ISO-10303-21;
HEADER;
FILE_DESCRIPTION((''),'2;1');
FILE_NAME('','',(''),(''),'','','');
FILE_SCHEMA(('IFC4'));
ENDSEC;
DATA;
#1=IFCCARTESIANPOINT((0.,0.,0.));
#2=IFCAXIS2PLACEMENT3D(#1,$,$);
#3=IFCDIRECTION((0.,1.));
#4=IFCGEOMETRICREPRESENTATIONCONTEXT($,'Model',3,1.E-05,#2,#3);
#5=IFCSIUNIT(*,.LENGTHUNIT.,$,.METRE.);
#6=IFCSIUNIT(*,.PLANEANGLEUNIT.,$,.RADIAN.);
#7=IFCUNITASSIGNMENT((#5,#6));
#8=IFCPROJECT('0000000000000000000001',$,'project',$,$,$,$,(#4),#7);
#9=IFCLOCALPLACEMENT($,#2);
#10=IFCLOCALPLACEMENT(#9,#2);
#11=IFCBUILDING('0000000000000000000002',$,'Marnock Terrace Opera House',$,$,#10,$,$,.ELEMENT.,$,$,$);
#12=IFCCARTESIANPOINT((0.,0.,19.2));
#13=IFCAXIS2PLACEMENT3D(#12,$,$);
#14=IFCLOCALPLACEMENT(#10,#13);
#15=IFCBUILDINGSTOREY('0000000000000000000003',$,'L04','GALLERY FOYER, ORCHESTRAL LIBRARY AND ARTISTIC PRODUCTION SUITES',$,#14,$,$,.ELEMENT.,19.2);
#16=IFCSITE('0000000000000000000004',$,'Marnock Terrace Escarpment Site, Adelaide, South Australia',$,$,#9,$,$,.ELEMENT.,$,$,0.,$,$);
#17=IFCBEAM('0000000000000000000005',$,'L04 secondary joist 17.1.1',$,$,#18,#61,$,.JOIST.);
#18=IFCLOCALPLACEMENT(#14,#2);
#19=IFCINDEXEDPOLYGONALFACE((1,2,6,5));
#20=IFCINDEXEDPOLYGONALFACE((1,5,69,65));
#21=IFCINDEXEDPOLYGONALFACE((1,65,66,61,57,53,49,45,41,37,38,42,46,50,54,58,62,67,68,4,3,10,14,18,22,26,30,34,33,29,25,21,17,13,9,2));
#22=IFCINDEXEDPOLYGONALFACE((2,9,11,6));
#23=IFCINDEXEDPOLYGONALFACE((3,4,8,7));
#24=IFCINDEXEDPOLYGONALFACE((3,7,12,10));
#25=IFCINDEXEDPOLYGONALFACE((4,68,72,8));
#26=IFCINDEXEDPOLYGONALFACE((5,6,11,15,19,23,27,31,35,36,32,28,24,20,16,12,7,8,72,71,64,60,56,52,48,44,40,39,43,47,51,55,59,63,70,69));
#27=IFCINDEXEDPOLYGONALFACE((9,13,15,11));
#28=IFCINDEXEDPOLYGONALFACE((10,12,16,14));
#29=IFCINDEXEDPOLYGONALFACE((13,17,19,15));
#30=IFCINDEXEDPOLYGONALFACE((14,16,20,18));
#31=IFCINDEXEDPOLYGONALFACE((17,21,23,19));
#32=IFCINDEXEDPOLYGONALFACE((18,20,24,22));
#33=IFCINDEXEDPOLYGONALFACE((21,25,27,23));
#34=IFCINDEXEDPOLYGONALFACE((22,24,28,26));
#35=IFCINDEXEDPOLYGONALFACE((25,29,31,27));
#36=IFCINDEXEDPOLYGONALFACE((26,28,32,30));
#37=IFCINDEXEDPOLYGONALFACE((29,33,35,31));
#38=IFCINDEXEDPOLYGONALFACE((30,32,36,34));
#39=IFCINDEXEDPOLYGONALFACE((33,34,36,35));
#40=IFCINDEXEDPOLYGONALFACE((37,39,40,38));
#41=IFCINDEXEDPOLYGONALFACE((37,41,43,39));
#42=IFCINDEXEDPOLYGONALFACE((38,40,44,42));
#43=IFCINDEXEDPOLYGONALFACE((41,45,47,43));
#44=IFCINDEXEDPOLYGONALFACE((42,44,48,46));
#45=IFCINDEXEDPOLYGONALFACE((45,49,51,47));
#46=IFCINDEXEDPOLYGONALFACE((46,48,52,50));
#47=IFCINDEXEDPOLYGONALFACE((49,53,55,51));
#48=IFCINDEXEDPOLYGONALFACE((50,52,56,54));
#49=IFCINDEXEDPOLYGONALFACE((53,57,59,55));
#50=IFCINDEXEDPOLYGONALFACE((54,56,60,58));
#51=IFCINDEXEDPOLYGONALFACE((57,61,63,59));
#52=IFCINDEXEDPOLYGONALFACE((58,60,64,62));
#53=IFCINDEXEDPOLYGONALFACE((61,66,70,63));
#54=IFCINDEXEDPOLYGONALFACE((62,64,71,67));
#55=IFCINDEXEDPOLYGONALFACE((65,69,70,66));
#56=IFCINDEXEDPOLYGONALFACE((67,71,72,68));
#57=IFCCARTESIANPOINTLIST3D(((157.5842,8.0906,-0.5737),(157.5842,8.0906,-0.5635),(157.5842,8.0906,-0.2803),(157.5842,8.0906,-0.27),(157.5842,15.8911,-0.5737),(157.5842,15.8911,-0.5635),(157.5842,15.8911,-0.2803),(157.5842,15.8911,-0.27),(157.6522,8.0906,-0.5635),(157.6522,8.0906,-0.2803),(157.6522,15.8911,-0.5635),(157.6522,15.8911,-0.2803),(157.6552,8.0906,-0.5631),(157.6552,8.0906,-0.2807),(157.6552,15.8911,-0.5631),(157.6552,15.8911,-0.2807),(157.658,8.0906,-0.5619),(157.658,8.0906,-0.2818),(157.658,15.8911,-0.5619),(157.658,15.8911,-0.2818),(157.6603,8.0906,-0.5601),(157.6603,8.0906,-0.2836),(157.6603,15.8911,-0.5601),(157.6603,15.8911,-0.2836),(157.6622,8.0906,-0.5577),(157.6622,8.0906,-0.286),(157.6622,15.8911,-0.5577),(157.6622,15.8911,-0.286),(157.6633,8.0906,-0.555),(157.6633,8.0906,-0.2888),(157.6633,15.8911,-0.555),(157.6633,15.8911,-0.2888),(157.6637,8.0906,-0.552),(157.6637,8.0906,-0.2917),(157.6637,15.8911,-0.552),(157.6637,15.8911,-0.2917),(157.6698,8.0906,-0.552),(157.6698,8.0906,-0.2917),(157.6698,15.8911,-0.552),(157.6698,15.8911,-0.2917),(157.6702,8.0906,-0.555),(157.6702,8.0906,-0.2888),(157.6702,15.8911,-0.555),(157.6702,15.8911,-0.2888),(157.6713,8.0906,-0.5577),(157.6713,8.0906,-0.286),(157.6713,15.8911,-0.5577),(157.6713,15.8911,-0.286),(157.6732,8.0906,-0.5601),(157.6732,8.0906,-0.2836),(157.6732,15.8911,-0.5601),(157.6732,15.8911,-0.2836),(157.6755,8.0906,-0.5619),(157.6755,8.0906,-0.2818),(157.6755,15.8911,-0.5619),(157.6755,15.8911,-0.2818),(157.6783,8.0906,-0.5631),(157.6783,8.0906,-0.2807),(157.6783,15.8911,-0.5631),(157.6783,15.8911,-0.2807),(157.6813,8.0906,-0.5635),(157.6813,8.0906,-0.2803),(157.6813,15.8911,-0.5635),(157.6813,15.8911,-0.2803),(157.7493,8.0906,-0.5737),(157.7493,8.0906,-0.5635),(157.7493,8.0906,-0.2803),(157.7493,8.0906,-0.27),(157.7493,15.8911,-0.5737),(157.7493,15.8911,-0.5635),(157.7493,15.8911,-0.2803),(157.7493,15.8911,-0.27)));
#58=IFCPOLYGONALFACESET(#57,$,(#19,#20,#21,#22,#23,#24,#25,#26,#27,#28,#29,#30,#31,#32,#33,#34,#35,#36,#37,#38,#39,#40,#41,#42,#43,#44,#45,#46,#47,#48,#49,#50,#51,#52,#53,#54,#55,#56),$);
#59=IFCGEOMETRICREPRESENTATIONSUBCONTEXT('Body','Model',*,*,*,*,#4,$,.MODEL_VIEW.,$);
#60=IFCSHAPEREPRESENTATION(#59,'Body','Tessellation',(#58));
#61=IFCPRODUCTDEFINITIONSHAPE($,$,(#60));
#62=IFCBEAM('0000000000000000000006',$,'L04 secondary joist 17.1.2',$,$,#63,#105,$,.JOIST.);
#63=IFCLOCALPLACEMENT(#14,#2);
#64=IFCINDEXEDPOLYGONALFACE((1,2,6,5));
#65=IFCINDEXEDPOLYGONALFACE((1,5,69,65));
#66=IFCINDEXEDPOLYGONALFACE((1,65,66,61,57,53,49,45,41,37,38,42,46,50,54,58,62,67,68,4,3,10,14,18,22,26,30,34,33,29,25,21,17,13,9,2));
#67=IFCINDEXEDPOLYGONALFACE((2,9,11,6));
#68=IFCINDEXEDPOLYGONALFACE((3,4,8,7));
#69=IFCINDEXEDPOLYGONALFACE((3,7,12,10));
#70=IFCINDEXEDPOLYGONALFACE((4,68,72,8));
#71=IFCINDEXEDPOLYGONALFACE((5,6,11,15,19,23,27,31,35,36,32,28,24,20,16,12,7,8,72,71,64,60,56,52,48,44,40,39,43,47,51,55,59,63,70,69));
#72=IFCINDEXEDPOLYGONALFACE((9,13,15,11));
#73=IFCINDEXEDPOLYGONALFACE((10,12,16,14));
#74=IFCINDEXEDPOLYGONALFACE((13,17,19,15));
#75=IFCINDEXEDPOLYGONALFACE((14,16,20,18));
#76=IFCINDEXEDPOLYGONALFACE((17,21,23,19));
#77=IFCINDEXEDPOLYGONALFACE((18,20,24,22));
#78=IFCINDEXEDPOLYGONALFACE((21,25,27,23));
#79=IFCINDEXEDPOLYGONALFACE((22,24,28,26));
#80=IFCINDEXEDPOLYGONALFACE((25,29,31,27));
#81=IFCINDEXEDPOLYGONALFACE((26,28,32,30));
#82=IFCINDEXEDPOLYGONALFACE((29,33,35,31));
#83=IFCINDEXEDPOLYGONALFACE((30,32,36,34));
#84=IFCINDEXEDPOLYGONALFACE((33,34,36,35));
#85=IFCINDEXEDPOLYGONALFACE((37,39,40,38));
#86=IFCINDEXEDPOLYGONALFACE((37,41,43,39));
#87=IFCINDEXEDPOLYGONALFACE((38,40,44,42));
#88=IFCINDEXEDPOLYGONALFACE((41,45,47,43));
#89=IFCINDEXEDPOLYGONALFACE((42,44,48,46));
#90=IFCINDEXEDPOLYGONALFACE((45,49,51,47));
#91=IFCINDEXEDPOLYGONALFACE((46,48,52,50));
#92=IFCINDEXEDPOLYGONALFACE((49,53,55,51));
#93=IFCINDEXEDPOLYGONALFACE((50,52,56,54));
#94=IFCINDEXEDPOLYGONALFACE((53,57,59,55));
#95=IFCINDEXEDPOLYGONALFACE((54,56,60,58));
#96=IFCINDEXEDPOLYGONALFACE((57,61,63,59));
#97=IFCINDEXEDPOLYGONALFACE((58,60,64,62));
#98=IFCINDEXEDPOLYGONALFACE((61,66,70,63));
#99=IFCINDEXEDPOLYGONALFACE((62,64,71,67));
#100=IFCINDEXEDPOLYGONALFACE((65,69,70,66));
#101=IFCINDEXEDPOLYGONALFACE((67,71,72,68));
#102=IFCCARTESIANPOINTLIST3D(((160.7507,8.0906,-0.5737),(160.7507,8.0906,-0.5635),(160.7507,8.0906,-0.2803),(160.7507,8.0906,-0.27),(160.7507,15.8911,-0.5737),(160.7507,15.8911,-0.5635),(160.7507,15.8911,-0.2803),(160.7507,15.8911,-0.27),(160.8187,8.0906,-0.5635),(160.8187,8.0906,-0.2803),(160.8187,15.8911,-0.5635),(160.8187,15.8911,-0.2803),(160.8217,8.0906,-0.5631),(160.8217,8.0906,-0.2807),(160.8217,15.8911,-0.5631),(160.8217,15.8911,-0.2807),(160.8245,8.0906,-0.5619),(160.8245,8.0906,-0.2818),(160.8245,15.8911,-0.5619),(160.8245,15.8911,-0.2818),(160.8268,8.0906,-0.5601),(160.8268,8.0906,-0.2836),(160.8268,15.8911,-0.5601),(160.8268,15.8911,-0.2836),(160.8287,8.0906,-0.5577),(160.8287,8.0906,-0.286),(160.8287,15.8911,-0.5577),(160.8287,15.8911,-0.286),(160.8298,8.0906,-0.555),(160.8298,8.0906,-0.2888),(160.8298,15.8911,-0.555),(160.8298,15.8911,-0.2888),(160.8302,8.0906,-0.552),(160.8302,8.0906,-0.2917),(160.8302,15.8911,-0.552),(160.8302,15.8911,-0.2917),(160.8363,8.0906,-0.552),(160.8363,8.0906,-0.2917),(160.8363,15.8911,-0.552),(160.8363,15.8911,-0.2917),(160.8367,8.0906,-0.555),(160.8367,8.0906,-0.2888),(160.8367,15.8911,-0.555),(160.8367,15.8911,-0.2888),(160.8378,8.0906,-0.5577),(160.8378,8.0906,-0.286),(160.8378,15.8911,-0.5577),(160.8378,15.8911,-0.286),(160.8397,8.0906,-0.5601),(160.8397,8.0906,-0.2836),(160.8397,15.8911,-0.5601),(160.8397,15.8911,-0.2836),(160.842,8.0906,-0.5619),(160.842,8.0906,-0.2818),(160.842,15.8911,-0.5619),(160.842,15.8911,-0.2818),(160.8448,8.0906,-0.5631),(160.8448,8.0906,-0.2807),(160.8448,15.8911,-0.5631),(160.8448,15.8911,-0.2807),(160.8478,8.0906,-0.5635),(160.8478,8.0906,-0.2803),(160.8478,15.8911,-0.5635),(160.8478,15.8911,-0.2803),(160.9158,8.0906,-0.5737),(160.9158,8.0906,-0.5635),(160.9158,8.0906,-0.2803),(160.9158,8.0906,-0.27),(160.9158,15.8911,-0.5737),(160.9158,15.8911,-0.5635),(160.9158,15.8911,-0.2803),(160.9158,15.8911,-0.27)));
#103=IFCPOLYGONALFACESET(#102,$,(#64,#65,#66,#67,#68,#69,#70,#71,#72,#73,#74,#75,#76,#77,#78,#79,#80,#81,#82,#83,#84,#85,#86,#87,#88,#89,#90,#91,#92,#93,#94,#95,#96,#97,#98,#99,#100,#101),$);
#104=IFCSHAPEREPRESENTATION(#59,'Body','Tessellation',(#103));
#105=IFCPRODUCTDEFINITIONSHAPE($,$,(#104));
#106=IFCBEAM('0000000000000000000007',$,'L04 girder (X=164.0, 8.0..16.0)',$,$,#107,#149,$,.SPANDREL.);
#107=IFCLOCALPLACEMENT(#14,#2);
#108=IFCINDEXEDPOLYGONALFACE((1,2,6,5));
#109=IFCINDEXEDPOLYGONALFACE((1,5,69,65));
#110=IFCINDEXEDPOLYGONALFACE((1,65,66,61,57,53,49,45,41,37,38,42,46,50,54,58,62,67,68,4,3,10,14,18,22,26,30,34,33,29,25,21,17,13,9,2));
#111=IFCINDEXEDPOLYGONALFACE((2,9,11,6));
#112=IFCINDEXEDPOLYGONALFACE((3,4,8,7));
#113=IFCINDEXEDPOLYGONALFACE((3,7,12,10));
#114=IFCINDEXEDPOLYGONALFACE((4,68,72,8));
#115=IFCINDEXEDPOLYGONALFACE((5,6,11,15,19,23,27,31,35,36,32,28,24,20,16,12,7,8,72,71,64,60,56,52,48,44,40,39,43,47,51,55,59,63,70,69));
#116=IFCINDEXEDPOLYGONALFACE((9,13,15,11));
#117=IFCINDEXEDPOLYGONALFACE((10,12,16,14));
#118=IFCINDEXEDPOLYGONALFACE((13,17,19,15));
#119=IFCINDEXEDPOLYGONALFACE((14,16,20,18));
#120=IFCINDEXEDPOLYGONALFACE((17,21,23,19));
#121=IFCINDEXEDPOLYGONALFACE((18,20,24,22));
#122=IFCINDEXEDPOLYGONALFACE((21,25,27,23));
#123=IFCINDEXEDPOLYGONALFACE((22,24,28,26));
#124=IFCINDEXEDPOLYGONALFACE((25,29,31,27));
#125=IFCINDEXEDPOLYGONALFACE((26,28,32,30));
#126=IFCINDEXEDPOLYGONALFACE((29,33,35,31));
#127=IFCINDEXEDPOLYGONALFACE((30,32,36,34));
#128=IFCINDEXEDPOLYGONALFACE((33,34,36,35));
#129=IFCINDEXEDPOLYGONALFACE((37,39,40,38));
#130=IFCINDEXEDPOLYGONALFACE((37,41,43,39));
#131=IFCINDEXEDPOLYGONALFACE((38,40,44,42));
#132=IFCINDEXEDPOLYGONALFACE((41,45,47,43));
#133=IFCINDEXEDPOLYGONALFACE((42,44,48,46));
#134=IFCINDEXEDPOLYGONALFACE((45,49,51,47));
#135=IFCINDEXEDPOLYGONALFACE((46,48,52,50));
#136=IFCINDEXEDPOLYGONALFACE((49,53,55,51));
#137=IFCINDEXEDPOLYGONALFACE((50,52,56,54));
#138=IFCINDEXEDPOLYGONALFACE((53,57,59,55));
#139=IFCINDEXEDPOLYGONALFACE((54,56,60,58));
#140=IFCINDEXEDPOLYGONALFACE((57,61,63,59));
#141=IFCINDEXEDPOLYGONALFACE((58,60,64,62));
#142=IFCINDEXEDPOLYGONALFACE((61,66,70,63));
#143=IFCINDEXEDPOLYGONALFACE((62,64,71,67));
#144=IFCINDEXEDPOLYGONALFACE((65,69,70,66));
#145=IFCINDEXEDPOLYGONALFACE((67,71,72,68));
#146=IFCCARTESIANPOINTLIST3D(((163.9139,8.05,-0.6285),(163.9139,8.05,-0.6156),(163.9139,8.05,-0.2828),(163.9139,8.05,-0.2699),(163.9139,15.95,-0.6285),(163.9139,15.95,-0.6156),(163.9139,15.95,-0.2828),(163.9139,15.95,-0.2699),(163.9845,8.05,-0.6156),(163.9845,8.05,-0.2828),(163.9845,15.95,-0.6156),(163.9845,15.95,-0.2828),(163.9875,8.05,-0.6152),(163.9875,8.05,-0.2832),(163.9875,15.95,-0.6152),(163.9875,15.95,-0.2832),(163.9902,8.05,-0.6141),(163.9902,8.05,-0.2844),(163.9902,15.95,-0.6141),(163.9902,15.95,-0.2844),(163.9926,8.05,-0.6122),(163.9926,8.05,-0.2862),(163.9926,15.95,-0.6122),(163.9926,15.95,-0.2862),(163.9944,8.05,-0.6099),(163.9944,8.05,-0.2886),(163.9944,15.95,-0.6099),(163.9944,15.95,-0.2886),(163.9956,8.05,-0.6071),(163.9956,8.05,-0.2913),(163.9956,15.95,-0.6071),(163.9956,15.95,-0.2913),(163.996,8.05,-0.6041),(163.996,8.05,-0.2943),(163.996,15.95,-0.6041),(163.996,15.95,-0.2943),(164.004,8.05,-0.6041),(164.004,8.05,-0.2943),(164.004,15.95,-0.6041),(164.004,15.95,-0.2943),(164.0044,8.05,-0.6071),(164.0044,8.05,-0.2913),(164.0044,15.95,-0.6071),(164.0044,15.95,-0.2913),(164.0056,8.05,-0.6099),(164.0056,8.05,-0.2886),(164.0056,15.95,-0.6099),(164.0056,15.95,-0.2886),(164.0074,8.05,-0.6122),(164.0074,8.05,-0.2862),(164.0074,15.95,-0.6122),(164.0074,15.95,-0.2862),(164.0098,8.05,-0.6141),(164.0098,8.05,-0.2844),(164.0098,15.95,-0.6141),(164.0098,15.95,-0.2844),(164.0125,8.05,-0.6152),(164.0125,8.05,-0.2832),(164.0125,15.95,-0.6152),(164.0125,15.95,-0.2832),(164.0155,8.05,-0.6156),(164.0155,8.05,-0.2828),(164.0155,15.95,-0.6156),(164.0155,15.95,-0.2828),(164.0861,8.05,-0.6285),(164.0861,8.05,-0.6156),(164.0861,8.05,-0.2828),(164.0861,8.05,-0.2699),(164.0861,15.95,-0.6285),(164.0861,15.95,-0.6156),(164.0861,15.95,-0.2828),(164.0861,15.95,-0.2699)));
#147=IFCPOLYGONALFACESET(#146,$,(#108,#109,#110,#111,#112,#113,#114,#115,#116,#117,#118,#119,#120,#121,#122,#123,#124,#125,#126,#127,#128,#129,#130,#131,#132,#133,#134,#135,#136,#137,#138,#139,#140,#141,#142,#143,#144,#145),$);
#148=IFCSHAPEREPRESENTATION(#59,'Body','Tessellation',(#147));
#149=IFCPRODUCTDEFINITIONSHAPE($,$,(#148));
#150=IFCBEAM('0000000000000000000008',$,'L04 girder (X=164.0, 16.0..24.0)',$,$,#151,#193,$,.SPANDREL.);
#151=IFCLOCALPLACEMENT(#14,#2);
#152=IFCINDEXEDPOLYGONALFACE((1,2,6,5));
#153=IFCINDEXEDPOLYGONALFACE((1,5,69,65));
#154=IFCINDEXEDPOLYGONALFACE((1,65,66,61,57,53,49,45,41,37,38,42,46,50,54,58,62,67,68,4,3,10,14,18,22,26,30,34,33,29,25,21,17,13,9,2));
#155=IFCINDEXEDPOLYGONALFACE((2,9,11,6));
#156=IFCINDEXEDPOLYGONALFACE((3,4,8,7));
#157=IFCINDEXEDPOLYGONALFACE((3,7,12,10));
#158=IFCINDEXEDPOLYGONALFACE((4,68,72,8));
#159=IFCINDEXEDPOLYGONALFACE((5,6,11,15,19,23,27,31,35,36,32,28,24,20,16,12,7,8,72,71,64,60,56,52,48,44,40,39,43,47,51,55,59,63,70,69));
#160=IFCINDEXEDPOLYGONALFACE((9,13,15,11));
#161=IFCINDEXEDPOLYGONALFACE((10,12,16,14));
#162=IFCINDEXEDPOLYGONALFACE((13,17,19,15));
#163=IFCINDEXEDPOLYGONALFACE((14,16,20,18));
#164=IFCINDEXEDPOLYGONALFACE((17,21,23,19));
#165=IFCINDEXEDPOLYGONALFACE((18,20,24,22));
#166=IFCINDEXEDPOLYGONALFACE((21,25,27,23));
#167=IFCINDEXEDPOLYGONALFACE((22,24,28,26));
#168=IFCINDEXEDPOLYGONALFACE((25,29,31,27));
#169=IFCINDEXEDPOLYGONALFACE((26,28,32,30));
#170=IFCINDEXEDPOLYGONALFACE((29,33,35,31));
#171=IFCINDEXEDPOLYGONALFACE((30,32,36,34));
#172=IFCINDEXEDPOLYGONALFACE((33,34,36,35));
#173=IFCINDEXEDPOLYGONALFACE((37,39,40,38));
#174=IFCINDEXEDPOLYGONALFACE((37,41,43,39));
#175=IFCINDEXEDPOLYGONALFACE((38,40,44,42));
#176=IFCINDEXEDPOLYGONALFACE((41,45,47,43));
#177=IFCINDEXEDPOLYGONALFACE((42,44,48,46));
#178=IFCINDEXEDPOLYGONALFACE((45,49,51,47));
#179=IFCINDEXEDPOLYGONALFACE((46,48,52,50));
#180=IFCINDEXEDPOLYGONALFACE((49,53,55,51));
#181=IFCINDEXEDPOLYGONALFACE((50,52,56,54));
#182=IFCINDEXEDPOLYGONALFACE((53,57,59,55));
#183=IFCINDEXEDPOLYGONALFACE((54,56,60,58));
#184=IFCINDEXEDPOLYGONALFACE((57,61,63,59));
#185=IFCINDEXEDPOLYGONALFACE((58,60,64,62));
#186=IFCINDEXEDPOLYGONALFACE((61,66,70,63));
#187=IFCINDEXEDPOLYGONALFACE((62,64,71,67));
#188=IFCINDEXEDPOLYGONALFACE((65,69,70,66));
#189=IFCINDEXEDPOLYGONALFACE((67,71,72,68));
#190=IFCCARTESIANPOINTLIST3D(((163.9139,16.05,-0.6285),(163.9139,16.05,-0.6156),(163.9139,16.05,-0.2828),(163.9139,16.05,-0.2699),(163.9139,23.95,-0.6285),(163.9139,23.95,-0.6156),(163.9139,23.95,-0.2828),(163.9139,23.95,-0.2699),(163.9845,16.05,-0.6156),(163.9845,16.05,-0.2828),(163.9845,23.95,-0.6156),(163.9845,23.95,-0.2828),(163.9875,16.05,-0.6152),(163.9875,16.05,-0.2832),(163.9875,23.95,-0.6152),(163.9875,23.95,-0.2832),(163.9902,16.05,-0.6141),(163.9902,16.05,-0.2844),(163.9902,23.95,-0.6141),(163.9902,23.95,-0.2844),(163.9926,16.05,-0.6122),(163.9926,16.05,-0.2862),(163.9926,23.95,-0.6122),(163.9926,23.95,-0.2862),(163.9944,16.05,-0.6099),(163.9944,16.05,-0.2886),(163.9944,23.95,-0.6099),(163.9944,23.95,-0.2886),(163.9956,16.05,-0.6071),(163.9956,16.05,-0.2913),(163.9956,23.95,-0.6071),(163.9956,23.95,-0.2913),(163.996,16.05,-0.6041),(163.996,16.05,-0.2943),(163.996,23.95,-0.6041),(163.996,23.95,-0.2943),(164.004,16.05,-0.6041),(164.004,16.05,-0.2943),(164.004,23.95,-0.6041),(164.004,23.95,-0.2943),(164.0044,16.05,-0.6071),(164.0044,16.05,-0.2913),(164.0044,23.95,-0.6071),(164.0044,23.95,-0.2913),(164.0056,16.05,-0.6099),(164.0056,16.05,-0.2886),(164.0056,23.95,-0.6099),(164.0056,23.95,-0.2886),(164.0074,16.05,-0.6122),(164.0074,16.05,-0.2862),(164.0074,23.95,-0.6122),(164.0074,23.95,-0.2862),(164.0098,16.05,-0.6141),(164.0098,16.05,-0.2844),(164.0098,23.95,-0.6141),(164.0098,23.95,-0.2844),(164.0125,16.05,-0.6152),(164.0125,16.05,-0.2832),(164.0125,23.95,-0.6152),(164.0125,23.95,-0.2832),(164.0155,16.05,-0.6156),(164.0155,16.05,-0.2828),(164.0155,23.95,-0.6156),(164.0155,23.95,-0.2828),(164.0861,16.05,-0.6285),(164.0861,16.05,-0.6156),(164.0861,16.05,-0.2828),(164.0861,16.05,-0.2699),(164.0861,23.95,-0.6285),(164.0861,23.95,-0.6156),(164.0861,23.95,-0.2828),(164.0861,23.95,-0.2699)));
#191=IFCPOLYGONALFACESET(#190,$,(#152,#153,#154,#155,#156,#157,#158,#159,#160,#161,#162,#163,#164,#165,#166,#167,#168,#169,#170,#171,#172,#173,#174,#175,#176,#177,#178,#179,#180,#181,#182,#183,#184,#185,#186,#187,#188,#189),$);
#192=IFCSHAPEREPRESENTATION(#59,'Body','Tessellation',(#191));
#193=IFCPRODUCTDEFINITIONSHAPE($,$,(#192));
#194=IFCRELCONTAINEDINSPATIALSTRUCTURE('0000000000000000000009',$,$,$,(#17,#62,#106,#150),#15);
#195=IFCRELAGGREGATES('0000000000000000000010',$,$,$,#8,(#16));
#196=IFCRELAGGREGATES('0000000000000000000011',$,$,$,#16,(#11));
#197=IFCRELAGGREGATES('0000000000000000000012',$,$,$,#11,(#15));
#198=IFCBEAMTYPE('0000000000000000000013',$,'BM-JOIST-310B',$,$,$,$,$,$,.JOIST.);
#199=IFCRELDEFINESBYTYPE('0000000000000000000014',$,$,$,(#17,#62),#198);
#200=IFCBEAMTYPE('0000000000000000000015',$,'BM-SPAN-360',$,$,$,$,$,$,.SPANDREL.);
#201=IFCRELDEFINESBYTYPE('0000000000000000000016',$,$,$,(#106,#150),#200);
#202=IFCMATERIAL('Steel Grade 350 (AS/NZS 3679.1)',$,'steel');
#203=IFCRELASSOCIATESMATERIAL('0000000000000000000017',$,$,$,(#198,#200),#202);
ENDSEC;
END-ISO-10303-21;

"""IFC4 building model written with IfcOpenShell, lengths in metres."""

from ifc_helpers import new_model, si_unit, direction, frame, origin, origin_2d, place, context, subcontext, project, spatial, i_section, extrude, material, material_profile, profile_set, type_object, element, save


model = new_model("IFC4")

# Units and contexts
model_context = context("Model", 3, precision=1e-05, world=origin(), true_north=direction((0.0, 1.0)))
body_context = subcontext(model_context, "Body", "Model", "MODEL_VIEW")
ifc_project = project(units=[si_unit("LENGTHUNIT", "METRE"), si_unit("PLANEANGLEUNIT", "RADIAN")], contexts=[model_context])

# Site, building, storey
site_placement = place(None, origin())
site = spatial("IfcSite", under=ifc_project, at=site_placement, Name="Marnock Terrace Escarpment Site, Adelaide, South Australia", CompositionType="ELEMENT", RefElevation=0.0)
building_placement = place(site_placement, origin())
building = spatial("IfcBuilding", under=site, at=building_placement, Name="Marnock Terrace Opera House", CompositionType="ELEMENT")
storey_placement = place(building_placement, frame((0.0, 0.0, 19.2)))
storey = spatial("IfcBuildingStorey", under=building, at=storey_placement, Name="L04", Description="GALLERY FOYER, ORCHESTRAL LIBRARY AND ARTISTIC PRODUCTION SUITES", CompositionType="ELEMENT", Elevation=19.2)

# Beams
ifc_material_1 = material(Name="Steel Grade 350 (AS/NZS 3679.1)", Category="steel")
ifc_material_profile_1 = material_profile(ifc_material_1, i_section(OverallWidth=0.165, OverallDepth=0.3037, WebThickness=0.0061, FlangeThickness=0.0103, FilletRadius=0.0115, at=origin_2d()))
ifc_profile_set_1 = profile_set([ifc_material_profile_1], Name="Steel Grade 350 (AS/NZS 3679.1)")
beam_type_1 = type_object("IfcBeamType", Name="BM-JOIST-310B", PredefinedType="JOIST", material=ifc_profile_set_1)
for number, where, z_axis, x_axis, name in (
    (1, (157.6667, 8.0906, -0.4219), (0.0, 1.0, 0.0), (-1.0, 0.0, 0.0), "L04 secondary joist 17.1.1"),
    (2, (160.8333, 8.0906, -0.4219), (0.0, 1.0, 0.0), (-1.0, 0.0, 0.0), "L04 secondary joist 17.1.2"),
):
    element("IfcBeam", number, at=place(storey_placement, frame(where, z_axis=z_axis, x_axis=x_axis)), inside=storey, type_object=beam_type_1, Name=name, PredefinedType="JOIST", context=body_context, shape_type="SweptSolid", body=[
        extrude(i_section(OverallWidth=0.165, OverallDepth=0.3037, WebThickness=0.0061, FlangeThickness=0.0103, FilletRadius=0.0115, at=origin_2d()), origin(), (0.0, 0.0, 1.0), 7.8005),
    ])
ifc_material_profile_2 = material_profile(ifc_material_1, i_section(OverallWidth=0.1721, OverallDepth=0.3586, WebThickness=0.0081, FlangeThickness=0.0129, FilletRadius=0.0115, at=origin_2d()))
ifc_profile_set_2 = profile_set([ifc_material_profile_2], Name="Steel Grade 350 (AS/NZS 3679.1)")
beam_type_2 = type_object("IfcBeamType", Name="BM-SPAN-360", PredefinedType="SPANDREL", material=ifc_profile_set_2)
for number, where, z_axis, x_axis, name in (
    (3, (164.0, 8.05, -0.4492), (0.0, 1.0, 0.0), (-1.0, 0.0, 0.0), "L04 girder (X=164.0, 8.0..16.0)"),
    (4, (164.0, 16.05, -0.4492), (0.0, 1.0, 0.0), (-1.0, 0.0, 0.0), "L04 girder (X=164.0, 16.0..24.0)"),
):
    element("IfcBeam", number, at=place(storey_placement, frame(where, z_axis=z_axis, x_axis=x_axis)), inside=storey, type_object=beam_type_2, Name=name, PredefinedType="SPANDREL", context=body_context, shape_type="SweptSolid", body=[
        extrude(i_section(OverallWidth=0.1721, OverallDepth=0.3586, WebThickness=0.0081, FlangeThickness=0.0129, FilletRadius=0.0115, at=origin_2d()), origin(), (0.0, 0.0, 1.0), 7.8999),
    ])

save(model, "model.ifc")
